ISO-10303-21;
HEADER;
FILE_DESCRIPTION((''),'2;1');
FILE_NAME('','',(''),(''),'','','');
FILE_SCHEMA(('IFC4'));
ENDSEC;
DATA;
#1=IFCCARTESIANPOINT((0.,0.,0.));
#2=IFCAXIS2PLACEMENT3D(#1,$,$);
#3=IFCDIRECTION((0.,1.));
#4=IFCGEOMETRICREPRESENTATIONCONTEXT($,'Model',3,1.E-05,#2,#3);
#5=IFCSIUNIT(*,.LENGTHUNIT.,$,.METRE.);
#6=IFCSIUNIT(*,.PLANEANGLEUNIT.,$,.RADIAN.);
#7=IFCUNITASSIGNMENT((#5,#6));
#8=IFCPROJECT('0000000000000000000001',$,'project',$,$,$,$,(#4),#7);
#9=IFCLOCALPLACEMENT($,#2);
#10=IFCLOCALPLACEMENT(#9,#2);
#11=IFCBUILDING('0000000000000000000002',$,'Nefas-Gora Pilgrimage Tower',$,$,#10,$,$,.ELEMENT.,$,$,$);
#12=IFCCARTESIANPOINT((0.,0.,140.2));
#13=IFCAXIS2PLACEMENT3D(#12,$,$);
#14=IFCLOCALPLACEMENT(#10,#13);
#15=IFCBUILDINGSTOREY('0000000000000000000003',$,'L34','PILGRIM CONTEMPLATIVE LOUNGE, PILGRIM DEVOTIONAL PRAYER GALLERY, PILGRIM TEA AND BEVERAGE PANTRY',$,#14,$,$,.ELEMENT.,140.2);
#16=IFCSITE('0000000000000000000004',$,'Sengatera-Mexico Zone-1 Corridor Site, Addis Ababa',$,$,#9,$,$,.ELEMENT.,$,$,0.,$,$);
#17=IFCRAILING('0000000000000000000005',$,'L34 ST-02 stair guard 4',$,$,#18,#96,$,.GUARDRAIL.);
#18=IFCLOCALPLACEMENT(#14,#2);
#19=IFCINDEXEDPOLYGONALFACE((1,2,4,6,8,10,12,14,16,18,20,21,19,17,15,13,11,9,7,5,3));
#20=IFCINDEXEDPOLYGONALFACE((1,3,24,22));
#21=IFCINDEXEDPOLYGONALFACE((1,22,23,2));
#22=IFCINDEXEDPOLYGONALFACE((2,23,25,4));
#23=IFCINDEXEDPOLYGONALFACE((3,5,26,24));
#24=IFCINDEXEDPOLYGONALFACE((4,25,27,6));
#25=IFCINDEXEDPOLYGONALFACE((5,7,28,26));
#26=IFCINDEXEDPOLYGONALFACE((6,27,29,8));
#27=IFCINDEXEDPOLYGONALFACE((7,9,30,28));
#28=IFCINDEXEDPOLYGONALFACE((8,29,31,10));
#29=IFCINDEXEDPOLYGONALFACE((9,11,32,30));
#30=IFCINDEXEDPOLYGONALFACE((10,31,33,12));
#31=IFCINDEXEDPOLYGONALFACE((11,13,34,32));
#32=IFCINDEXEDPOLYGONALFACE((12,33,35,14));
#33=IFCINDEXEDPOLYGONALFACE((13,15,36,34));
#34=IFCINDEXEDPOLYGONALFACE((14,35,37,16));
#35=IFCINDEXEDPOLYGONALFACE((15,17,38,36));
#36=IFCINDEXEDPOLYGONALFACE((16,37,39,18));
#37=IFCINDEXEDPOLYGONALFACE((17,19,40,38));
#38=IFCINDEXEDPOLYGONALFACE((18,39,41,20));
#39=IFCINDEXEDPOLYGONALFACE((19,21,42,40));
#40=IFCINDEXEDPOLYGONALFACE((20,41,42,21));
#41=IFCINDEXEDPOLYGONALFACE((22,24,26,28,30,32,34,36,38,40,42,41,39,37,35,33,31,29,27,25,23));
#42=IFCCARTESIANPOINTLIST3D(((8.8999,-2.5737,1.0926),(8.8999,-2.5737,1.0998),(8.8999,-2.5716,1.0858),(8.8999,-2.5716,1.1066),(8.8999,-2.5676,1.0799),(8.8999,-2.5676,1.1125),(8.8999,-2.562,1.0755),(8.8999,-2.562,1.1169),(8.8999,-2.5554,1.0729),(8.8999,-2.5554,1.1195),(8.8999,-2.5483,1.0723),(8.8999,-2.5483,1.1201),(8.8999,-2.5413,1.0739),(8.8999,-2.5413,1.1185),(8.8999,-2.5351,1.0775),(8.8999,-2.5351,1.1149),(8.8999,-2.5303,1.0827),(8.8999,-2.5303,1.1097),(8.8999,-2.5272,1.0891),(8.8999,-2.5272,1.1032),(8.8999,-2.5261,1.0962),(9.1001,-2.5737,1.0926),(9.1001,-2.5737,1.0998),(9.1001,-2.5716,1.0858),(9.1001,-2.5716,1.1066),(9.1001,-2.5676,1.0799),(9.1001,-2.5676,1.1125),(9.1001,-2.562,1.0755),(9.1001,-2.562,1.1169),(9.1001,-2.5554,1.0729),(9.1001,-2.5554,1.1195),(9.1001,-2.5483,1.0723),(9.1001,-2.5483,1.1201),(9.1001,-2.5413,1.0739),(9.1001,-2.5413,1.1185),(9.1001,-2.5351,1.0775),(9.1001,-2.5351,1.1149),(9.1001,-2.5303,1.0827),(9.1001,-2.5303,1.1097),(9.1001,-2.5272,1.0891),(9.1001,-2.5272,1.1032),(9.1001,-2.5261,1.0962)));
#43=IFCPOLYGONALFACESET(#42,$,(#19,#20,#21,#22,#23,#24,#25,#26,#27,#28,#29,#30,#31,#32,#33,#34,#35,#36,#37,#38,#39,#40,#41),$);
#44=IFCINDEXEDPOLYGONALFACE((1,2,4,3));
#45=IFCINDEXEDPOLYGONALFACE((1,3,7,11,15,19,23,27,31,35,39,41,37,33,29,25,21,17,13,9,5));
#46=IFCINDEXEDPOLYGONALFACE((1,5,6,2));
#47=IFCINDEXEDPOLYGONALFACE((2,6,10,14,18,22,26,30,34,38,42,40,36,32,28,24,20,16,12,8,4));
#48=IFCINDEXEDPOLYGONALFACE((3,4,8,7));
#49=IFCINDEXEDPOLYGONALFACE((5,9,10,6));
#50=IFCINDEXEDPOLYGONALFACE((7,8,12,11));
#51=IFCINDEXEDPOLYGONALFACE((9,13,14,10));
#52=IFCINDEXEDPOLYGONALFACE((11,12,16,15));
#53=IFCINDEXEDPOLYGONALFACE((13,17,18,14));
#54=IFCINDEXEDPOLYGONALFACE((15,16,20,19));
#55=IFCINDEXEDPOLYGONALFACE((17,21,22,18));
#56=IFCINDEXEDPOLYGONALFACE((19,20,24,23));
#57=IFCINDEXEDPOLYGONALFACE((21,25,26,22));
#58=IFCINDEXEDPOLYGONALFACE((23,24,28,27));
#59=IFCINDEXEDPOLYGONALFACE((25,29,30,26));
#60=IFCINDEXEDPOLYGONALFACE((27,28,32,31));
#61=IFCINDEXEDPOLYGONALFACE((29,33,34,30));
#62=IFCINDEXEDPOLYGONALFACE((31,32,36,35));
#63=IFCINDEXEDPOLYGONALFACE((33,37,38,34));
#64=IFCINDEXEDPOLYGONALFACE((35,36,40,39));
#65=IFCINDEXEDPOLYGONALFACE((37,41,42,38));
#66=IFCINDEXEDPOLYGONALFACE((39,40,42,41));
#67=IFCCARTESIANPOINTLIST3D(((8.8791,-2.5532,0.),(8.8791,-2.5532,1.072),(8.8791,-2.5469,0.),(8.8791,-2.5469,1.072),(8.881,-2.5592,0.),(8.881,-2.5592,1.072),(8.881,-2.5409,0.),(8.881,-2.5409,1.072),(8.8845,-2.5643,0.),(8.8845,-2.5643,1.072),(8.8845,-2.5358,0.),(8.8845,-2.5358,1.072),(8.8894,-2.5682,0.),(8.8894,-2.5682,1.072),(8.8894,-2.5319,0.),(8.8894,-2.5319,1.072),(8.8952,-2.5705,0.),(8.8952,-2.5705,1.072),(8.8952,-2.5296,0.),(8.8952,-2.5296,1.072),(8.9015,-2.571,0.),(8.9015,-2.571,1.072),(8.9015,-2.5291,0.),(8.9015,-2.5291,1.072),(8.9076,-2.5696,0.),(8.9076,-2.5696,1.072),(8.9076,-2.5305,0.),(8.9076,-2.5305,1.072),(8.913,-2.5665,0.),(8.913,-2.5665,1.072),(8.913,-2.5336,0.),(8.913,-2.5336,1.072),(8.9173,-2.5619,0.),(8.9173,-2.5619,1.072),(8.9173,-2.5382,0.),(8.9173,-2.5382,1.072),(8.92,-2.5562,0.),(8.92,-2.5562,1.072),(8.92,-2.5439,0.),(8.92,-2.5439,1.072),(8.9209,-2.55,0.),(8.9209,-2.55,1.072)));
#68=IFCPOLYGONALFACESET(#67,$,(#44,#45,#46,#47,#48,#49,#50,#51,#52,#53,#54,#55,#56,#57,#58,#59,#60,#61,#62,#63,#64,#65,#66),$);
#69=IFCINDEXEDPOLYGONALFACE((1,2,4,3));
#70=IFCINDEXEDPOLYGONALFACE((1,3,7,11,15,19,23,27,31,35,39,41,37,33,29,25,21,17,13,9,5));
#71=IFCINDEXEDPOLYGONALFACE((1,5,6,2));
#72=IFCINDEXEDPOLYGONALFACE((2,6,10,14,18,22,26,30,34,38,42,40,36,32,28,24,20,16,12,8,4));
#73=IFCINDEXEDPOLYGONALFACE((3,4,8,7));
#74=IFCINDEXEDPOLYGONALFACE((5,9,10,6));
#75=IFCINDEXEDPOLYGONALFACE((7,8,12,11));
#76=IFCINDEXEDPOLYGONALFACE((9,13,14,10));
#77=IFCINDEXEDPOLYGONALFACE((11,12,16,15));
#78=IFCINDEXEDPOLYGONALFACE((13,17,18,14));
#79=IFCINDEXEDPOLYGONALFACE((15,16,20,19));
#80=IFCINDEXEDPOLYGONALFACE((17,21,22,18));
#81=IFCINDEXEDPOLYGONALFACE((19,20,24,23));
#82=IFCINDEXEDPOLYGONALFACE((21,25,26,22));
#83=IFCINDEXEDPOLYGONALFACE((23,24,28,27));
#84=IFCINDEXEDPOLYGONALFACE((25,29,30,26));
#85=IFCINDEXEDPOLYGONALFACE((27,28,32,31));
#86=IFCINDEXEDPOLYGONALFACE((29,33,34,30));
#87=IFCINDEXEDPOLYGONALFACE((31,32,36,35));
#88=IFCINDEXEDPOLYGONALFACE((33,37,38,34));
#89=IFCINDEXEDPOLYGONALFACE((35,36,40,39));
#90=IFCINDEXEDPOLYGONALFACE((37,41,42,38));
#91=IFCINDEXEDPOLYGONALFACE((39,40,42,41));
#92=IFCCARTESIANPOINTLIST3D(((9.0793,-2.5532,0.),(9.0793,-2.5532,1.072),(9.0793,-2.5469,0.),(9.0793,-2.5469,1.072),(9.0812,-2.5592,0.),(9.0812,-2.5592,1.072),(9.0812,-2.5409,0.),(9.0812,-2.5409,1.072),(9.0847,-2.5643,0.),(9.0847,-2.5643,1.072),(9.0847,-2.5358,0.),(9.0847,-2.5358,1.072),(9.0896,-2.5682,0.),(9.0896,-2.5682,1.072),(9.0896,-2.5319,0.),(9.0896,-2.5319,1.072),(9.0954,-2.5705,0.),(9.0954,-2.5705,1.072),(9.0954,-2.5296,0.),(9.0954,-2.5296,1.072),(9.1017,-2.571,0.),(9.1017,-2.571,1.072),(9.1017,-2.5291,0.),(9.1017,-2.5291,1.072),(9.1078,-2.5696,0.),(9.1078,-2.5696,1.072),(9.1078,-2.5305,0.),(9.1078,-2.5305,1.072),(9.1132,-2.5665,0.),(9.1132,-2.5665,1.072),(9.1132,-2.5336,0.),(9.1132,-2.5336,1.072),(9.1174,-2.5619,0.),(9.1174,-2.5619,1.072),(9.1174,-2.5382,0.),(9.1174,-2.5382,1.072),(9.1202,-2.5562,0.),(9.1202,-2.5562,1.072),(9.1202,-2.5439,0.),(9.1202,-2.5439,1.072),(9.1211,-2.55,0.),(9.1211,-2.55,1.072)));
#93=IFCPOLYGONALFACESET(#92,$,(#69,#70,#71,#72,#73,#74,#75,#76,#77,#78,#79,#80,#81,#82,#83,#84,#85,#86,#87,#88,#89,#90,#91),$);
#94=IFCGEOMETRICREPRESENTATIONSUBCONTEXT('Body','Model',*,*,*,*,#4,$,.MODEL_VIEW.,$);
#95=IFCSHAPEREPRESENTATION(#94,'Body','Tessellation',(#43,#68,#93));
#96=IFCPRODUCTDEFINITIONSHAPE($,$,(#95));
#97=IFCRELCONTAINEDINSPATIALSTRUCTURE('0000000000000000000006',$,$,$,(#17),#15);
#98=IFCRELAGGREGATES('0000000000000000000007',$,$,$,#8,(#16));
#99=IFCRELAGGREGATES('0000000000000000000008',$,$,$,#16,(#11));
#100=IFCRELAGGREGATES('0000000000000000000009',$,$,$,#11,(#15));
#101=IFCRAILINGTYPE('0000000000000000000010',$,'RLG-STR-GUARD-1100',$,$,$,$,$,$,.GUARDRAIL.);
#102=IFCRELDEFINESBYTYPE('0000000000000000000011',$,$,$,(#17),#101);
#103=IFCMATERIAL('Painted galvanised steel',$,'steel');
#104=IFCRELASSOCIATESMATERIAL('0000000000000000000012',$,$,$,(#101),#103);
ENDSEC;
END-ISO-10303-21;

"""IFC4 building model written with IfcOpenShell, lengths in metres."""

from ifc_helpers import new_model, si_unit, direction, frame, origin, origin_2d, place, context, subcontext, project, spatial, circle, extrude, material, type_object, element, save


model = new_model("IFC4")

# Units and contexts
model_context = context("Model", 3, precision=1e-05, world=origin(), true_north=direction((0.0, 1.0)))
body_context = subcontext(model_context, "Body", "Model", "MODEL_VIEW")
ifc_project = project(units=[si_unit("LENGTHUNIT", "METRE"), si_unit("PLANEANGLEUNIT", "RADIAN")], contexts=[model_context])

# Site, building, storey
site_placement = place(None, origin())
site = spatial("IfcSite", under=ifc_project, at=site_placement, Name="Sengatera-Mexico Zone-1 Corridor Site, Addis Ababa", CompositionType="ELEMENT", RefElevation=0.0)
building_placement = place(site_placement, origin())
building = spatial("IfcBuilding", under=site, at=building_placement, Name="Nefas-Gora Pilgrimage Tower", CompositionType="ELEMENT")
storey_placement = place(building_placement, frame((0.0, 0.0, 140.2)))
storey = spatial("IfcBuildingStorey", under=building, at=storey_placement, Name="L34", Description="PILGRIM CONTEMPLATIVE LOUNGE, PILGRIM DEVOTIONAL PRAYER GALLERY, PILGRIM TEA AND BEVERAGE PANTRY", CompositionType="ELEMENT", Elevation=140.2)

# Railing
ifc_material_1 = material(Name="Painted galvanised steel", Category="steel")
railing_type_1 = type_object("IfcRailingType", Name="RLG-STR-GUARD-1100", PredefinedType="GUARDRAIL", material=ifc_material_1)
railing_1_placement = place(storey_placement, frame((8.8999, -2.55, 0.0)))
element("IfcRailing", 1, at=railing_1_placement, inside=storey, type_object=railing_type_1, Name="L34 ST-02 stair guard 4", PredefinedType="GUARDRAIL", context=body_context, shape_type="SweptSolid", body=[
    extrude(circle(Radius=0.0239, at=origin_2d()), frame((0.0, 0.0, 1.0962), z_axis=(1.0, 0.0, 0.0), x_axis=(0.0, 1.0, 0.0)), (0.0, 0.0, 1.0), 0.2002),
    extrude(circle(Radius=0.021, at=origin_2d()), origin(), (0.0, 0.0, 1.0), 1.072),
    extrude(circle(Radius=0.021, at=origin_2d()), frame((0.2002, 0.0, 0.0)), (0.0, 0.0, 1.0), 1.072),
])

save(model, "model.ifc")
